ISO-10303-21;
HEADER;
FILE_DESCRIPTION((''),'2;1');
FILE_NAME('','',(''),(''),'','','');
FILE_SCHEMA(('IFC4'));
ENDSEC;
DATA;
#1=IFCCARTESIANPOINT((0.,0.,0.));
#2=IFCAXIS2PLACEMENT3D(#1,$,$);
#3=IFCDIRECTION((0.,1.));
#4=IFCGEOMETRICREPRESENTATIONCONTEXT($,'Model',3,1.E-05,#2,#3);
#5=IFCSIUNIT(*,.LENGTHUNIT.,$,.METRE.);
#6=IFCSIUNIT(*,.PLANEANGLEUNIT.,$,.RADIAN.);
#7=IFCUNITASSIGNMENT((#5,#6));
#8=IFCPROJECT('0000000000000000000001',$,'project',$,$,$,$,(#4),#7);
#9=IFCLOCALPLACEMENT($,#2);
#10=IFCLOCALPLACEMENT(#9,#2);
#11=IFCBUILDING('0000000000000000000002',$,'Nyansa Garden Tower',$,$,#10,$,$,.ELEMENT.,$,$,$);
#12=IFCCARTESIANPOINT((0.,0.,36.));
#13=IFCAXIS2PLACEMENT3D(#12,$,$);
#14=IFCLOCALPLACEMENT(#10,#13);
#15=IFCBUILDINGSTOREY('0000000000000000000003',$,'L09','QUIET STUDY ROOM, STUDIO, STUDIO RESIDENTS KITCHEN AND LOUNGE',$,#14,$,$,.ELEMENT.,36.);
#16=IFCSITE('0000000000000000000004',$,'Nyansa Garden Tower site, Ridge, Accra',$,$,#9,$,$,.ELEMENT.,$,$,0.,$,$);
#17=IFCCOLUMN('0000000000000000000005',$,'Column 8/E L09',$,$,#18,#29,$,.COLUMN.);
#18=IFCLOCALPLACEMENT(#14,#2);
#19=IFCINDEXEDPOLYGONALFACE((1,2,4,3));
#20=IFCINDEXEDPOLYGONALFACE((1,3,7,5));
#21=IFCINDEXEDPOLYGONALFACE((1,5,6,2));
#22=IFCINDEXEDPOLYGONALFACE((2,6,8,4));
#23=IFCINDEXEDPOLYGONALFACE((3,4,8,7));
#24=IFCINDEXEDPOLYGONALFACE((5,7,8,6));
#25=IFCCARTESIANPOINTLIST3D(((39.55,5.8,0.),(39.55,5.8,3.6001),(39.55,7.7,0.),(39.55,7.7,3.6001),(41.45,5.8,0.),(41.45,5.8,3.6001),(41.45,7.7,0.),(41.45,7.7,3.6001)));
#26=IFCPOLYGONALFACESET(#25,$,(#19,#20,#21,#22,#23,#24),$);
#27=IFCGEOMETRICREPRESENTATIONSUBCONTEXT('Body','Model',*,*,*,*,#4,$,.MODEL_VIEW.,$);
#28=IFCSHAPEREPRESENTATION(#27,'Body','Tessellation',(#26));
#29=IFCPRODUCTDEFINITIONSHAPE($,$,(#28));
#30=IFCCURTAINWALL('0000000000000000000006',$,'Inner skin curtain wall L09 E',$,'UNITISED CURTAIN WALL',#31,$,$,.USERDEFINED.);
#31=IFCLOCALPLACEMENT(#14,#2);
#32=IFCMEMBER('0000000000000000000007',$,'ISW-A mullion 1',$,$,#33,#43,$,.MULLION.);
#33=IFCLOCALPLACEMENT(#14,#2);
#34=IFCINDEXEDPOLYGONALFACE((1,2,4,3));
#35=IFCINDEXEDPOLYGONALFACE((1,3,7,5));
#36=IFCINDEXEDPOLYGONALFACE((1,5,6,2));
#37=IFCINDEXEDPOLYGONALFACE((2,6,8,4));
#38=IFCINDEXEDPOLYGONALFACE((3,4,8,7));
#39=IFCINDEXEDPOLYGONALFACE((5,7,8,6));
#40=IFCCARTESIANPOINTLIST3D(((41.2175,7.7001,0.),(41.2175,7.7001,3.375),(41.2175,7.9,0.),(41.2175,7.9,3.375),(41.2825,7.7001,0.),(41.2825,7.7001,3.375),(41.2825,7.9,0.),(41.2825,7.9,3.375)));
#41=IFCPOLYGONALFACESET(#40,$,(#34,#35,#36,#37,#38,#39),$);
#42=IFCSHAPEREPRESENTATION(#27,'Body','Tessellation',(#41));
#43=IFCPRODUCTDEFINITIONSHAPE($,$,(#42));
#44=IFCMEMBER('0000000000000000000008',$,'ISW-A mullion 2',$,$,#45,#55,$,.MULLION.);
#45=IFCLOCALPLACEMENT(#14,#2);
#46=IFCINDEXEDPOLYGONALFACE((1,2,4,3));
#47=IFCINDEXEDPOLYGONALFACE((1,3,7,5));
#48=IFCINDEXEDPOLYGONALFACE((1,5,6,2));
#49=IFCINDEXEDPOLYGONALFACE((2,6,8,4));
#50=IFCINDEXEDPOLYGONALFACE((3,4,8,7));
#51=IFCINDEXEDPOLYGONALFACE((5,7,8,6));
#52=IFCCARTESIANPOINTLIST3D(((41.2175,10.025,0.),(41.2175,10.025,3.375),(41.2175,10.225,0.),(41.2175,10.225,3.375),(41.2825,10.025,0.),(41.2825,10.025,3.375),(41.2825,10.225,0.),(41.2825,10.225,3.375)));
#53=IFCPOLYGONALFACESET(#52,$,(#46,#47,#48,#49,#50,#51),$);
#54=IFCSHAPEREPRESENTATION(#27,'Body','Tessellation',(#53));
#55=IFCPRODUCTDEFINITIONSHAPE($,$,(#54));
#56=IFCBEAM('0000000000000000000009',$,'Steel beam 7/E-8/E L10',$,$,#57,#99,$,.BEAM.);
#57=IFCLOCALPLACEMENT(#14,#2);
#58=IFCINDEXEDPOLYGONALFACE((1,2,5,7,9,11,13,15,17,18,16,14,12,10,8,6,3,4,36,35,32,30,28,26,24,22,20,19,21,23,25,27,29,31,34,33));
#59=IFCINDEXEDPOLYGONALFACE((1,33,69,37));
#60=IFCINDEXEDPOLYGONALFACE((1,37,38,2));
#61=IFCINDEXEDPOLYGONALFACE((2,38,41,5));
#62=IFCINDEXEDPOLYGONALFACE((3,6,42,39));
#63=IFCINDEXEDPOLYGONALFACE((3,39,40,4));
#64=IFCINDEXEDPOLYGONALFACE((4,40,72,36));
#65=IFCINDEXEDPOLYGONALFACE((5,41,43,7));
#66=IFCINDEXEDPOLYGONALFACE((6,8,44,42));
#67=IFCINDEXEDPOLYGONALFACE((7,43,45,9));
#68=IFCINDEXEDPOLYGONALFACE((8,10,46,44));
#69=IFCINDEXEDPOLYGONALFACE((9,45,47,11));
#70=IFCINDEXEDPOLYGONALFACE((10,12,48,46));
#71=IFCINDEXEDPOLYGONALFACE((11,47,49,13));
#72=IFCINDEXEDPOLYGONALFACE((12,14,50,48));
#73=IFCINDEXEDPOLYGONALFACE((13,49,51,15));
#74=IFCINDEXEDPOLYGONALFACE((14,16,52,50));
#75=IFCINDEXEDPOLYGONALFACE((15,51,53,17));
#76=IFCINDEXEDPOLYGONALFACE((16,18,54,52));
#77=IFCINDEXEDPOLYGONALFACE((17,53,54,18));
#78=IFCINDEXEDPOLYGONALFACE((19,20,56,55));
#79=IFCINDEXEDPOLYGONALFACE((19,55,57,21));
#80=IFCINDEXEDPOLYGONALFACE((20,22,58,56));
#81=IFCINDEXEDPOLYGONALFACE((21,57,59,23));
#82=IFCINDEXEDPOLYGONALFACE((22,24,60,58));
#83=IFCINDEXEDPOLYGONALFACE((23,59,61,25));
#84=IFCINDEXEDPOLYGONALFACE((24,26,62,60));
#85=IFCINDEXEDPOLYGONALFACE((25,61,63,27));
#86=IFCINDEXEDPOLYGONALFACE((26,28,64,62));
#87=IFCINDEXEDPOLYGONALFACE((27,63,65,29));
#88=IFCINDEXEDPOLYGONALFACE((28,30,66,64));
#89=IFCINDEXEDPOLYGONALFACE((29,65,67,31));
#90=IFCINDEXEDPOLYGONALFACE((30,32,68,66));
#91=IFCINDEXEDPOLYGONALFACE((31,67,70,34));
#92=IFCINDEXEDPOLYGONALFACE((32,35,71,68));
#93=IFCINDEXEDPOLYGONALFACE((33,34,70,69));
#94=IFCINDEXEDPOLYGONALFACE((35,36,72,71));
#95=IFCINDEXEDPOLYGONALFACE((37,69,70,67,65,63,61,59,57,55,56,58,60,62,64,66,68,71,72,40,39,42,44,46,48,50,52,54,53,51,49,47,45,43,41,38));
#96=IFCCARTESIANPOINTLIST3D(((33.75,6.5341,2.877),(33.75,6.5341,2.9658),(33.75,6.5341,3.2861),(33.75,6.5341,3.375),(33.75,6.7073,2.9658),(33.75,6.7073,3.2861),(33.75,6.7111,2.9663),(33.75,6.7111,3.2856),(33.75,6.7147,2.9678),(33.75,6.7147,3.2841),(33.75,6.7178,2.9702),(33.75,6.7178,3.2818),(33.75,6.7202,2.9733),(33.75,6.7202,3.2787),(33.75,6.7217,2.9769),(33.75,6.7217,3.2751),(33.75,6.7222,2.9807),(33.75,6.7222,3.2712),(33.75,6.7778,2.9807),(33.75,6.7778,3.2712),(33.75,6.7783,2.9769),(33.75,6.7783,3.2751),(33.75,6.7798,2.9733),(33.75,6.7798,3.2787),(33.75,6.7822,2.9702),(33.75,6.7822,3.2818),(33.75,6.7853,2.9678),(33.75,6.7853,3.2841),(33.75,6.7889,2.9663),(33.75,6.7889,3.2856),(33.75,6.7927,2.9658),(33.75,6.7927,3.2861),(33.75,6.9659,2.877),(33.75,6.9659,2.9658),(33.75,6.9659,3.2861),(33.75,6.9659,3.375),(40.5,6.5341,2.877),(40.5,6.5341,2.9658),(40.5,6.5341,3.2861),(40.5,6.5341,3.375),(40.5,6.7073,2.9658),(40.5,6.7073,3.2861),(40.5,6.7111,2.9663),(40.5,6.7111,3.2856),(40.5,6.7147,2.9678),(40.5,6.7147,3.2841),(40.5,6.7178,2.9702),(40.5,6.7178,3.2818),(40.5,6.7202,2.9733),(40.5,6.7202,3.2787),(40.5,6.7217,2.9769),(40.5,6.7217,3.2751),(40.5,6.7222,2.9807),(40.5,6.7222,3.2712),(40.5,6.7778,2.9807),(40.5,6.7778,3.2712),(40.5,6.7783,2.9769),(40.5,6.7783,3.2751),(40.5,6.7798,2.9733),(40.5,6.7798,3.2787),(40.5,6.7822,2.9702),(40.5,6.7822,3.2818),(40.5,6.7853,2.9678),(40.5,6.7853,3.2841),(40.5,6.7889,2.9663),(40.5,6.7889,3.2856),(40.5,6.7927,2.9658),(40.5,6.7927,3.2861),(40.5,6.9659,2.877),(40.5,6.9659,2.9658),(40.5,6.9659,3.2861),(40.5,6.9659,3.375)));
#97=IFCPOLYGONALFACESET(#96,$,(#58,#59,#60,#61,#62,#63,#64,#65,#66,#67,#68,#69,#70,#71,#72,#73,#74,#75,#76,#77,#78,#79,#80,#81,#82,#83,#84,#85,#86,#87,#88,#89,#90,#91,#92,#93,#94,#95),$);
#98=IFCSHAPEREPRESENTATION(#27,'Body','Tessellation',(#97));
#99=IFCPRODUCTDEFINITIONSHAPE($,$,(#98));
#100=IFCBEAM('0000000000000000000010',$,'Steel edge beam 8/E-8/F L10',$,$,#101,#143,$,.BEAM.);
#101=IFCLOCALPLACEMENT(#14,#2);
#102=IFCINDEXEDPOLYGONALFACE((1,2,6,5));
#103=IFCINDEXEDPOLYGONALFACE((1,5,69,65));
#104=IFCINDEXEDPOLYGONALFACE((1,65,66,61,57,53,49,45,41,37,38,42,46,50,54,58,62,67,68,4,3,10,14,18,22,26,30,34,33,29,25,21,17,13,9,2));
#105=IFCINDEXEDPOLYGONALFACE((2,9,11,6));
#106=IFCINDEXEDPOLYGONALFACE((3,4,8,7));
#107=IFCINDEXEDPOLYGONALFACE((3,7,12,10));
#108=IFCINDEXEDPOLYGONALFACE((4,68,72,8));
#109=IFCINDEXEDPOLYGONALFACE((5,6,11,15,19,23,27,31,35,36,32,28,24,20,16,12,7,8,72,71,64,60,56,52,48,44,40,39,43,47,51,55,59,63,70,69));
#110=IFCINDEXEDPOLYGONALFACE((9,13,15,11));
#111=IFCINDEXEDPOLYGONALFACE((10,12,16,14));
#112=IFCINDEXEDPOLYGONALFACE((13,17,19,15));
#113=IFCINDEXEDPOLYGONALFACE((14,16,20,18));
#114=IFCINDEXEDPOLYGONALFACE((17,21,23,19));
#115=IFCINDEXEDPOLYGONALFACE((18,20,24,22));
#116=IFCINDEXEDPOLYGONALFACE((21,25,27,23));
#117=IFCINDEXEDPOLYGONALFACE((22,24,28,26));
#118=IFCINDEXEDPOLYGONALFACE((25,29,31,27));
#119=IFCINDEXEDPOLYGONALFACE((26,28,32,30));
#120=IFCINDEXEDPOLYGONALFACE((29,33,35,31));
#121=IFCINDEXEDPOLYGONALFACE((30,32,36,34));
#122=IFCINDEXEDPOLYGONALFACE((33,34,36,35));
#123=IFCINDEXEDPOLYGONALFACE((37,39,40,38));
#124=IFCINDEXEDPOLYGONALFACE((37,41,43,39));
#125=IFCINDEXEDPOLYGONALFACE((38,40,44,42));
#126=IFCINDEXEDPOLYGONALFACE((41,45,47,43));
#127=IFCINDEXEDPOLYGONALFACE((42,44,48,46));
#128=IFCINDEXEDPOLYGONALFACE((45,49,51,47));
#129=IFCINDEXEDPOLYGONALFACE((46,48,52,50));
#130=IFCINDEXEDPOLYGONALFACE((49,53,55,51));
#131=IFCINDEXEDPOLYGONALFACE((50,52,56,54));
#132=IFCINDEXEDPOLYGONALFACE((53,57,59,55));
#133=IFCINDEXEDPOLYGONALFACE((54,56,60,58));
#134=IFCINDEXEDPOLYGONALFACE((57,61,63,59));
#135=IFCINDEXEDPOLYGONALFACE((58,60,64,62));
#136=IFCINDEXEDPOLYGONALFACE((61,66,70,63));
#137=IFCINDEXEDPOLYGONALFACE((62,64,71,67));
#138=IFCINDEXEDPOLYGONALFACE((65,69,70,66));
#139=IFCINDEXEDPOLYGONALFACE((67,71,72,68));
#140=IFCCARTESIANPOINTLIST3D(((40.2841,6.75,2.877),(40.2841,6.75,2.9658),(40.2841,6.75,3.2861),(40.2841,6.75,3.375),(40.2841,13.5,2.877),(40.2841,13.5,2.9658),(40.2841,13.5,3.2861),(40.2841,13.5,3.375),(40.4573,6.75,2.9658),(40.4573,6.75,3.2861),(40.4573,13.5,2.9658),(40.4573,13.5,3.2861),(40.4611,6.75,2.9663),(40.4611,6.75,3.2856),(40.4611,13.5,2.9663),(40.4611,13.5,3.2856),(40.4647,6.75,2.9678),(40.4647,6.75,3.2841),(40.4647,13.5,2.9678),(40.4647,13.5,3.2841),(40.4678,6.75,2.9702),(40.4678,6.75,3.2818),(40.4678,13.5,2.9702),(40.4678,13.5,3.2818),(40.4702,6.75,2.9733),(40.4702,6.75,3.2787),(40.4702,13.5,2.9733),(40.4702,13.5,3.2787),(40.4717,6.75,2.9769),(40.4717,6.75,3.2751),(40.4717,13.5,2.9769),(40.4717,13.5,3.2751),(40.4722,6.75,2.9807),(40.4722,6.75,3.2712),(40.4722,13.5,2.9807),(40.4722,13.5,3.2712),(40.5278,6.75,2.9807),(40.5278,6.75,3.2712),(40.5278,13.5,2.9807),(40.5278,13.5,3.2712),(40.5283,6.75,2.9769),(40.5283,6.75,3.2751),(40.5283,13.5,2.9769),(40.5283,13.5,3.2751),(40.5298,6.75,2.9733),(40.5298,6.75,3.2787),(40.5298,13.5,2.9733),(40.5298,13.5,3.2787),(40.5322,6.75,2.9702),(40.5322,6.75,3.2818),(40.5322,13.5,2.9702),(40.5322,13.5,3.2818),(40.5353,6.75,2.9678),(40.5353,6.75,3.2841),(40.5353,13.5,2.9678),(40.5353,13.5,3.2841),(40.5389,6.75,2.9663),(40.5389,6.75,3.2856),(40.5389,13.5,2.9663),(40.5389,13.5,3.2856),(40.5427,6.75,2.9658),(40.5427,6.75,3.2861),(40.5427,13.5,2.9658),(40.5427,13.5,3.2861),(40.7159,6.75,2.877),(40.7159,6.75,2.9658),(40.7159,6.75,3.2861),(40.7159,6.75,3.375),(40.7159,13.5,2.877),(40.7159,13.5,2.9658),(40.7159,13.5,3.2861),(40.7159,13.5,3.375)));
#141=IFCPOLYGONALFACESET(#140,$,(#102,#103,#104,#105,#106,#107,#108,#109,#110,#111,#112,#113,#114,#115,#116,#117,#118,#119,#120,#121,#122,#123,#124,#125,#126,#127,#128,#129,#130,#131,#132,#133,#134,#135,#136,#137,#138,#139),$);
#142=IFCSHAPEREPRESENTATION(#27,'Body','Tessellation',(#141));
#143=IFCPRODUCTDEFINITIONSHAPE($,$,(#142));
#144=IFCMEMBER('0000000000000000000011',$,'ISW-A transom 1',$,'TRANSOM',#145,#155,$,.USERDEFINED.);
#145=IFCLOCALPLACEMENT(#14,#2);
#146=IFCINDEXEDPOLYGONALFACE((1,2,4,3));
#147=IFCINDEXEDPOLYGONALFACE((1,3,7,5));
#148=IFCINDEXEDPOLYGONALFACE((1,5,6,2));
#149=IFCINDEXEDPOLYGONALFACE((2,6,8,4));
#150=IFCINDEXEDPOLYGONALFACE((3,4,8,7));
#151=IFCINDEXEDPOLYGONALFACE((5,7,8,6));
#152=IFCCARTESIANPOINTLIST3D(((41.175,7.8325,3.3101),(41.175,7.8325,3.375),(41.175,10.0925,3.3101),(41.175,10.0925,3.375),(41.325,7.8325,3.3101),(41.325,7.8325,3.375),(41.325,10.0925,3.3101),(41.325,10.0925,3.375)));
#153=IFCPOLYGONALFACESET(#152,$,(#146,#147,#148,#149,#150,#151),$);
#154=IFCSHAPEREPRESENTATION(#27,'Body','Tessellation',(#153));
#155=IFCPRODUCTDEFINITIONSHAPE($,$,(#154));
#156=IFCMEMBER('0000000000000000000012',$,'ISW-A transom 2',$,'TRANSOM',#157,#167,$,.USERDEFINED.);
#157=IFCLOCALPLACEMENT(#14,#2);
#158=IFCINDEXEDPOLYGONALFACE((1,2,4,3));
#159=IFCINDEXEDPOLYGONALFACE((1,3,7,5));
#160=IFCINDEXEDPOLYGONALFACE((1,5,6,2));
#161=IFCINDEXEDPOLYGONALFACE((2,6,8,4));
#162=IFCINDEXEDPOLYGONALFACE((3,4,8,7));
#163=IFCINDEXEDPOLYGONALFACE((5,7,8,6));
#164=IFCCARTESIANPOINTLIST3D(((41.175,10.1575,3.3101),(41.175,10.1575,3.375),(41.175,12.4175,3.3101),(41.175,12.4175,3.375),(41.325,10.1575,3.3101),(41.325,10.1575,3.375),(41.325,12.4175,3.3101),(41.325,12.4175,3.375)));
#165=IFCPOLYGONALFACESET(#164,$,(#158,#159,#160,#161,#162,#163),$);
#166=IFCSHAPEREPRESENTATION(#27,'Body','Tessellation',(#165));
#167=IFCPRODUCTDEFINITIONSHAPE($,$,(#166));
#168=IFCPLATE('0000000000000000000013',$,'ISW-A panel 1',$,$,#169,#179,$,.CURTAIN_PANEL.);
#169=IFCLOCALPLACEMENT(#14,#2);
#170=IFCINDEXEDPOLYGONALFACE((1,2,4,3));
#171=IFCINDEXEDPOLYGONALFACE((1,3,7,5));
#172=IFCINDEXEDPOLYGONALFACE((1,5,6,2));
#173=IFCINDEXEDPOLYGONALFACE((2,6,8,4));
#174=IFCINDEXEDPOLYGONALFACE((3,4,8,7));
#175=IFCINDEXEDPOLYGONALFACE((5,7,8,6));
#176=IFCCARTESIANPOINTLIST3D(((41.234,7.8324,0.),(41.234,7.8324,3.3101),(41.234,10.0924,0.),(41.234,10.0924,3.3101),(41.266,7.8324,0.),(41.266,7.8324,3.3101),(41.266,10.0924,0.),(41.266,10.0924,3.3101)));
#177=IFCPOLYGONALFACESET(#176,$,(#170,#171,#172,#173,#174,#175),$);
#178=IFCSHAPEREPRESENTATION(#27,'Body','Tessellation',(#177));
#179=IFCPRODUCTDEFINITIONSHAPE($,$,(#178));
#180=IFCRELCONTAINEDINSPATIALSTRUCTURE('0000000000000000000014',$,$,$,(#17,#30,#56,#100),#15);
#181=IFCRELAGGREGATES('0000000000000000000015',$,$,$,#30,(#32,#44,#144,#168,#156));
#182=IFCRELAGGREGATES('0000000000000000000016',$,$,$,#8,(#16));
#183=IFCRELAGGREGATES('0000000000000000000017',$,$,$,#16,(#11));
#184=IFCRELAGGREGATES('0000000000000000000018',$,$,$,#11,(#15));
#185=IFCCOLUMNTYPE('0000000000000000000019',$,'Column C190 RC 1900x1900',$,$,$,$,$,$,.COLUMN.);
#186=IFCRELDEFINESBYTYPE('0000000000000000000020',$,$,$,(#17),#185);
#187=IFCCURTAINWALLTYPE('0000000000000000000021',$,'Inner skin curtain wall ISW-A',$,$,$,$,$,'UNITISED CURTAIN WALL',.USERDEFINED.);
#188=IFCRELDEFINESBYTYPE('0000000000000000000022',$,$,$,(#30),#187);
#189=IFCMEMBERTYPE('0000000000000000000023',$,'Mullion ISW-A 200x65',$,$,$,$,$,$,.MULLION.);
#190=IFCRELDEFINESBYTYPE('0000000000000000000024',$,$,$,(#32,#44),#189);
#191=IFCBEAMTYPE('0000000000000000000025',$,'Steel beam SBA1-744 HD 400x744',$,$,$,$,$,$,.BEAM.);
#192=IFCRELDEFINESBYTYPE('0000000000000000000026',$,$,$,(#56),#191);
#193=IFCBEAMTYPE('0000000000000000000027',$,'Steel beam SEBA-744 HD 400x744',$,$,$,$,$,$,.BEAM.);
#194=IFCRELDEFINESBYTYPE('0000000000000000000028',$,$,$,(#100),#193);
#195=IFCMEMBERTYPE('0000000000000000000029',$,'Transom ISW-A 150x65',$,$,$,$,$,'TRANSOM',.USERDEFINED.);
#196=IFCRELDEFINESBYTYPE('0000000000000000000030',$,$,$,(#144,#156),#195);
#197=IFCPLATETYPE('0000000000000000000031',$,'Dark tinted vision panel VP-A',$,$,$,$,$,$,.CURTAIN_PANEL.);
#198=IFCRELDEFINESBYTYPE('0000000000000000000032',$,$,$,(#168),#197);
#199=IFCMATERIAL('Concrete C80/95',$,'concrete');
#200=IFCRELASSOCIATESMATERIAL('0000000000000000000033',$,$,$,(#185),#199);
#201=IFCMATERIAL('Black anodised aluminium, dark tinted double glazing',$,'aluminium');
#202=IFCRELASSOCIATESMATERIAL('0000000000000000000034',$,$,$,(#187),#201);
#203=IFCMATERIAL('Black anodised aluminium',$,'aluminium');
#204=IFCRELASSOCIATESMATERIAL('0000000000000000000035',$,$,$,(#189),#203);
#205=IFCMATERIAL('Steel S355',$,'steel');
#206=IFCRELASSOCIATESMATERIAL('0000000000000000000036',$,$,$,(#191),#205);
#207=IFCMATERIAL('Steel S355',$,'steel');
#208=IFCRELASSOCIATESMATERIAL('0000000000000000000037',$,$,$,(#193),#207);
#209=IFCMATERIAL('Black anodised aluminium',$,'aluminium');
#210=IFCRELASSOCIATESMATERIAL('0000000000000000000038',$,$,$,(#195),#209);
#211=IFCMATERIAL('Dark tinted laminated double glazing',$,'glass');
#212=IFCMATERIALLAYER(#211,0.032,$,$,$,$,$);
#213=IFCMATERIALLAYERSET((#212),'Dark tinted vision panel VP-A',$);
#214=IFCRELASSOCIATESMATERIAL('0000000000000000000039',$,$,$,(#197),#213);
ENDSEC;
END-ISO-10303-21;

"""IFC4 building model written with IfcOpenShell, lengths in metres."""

from ifc_helpers import new_model, si_unit, direction, frame, origin, origin_2d, place, context, subcontext, project, spatial, rectangle, i_section, extrude, material, layer, layer_set, material_profile, profile_set, type_object, element, aggregate, save


model = new_model("IFC4")

# Units and contexts
model_context = context("Model", 3, precision=1e-05, world=origin(), true_north=direction((0.0, 1.0)))
body_context = subcontext(model_context, "Body", "Model", "MODEL_VIEW")
ifc_project = project(units=[si_unit("LENGTHUNIT", "METRE"), si_unit("PLANEANGLEUNIT", "RADIAN")], contexts=[model_context])

# Site, building, storey
site_placement = place(None, origin())
site = spatial("IfcSite", under=ifc_project, at=site_placement, Name="Nyansa Garden Tower site, Ridge, Accra", CompositionType="ELEMENT", RefElevation=0.0)
building_placement = place(site_placement, origin())
building = spatial("IfcBuilding", under=site, at=building_placement, Name="Nyansa Garden Tower", CompositionType="ELEMENT")
storey_placement = place(building_placement, frame((0.0, 0.0, 36.0)))
storey = spatial("IfcBuildingStorey", under=building, at=storey_placement, Name="L09", Description="QUIET STUDY ROOM, STUDIO, STUDIO RESIDENTS KITCHEN AND LOUNGE", CompositionType="ELEMENT", Elevation=36.0)

# Column
ifc_material_1 = material(Name="Concrete C80/95", Category="concrete")
ifc_material_profile_1 = material_profile(ifc_material_1, rectangle(XDim=1.8999, YDim=1.8999, at=origin_2d()), Name="RC 1900x1900")
ifc_profile_set_1 = profile_set([ifc_material_profile_1], Name="Concrete C80/95")
column_type = type_object("IfcColumnType", Name="Column C190 RC 1900x1900", PredefinedType="COLUMN", material=ifc_profile_set_1)
column_placement = place(storey_placement, frame((40.5, 6.75, 0.0), z_axis=(0.0, 0.0, 1.0), x_axis=(1.0, 0.0, 0.0)))
element("IfcColumn", 1, at=column_placement, inside=storey, type_object=column_type, Name="Column 8/E L09", PredefinedType="COLUMN", context=body_context, shape_type="SweptSolid", body=[
    extrude(rectangle(XDim=1.8999, YDim=1.8999, at=origin_2d()), origin(), (0.0, 0.0, 1.0), 3.6001),
])

# Curtain wall, members
ifc_material_2 = material(Name="Black anodised aluminium, dark tinted double glazing", Category="aluminium")
curtain_wall_type = type_object("IfcCurtainWallType", Name="Inner skin curtain wall ISW-A", ElementType="UNITISED CURTAIN WALL", PredefinedType="USERDEFINED", material=ifc_material_2)
curtain_wall_placement = place(storey_placement, origin())
curtain_wall = element("IfcCurtainWall", 2, at=curtain_wall_placement, inside=storey, type_object=curtain_wall_type, Name="Inner skin curtain wall L09 E", ObjectType="UNITISED CURTAIN WALL", PredefinedType="USERDEFINED")
ifc_material_3 = material(Name="Black anodised aluminium", Category="aluminium")
ifc_material_profile_2 = material_profile(ifc_material_3, rectangle(XDim=0.0649, YDim=0.2, at=origin_2d()), Name="Mullion 200x65")
ifc_profile_set_2 = profile_set([ifc_material_profile_2], Name="Black anodised aluminium")
member_type_1 = type_object("IfcMemberType", Name="Mullion ISW-A 200x65", PredefinedType="MULLION", material=ifc_profile_set_2)
member_1_placement = place(storey_placement, frame((41.25, 7.8, 0.0), z_axis=(0.0, 0.0, 1.0), x_axis=(-1.0, 0.0, 0.0)))
member_1 = element("IfcMember", 3, at=member_1_placement, type_object=member_type_1, Name="ISW-A mullion 1", PredefinedType="MULLION", context=body_context, shape_type="SweptSolid", body=[
    extrude(rectangle(XDim=0.0649, YDim=0.2, at=origin_2d()), origin(), (0.0, 0.0, 1.0), 3.375),
])
member_2_placement = place(storey_placement, frame((41.25, 10.125, 0.0), z_axis=(0.0, 0.0, 1.0), x_axis=(-1.0, 0.0, 0.0)))
member_2 = element("IfcMember", 4, at=member_2_placement, type_object=member_type_1, Name="ISW-A mullion 2", PredefinedType="MULLION", context=body_context, shape_type="SweptSolid", body=[
    extrude(rectangle(XDim=0.0649, YDim=0.2, at=origin_2d()), origin(), (0.0, 0.0, 1.0), 3.375),
])

# Beams
ifc_material_4 = material(Name="Steel S355", Category="steel")
ifc_material_profile_3 = material_profile(ifc_material_4, i_section(OverallWidth=0.4319, OverallDepth=0.498, WebThickness=0.0557, FlangeThickness=0.0889, FilletRadius=0.0149, at=origin_2d()), Name="HD 400x744")
ifc_profile_set_3 = profile_set([ifc_material_profile_3], Name="Steel S355")
beam_type_1 = type_object("IfcBeamType", Name="Steel beam SBA1-744 HD 400x744", PredefinedType="BEAM", material=ifc_profile_set_3)
beam_1_placement = place(storey_placement, frame((33.75, 6.75, 3.126), z_axis=(1.0, 0.0, 0.0), x_axis=(0.0, 1.0, 0.0)))
element("IfcBeam", 5, at=beam_1_placement, inside=storey, type_object=beam_type_1, Name="Steel beam 7/E-8/E L10", PredefinedType="BEAM", context=body_context, shape_type="SweptSolid", body=[
    extrude(i_section(OverallWidth=0.4319, OverallDepth=0.498, WebThickness=0.0557, FlangeThickness=0.0889, FilletRadius=0.0149, at=origin_2d()), origin(), (0.0, 0.0, 1.0), 6.75),
])
ifc_material_5 = material(Name="Steel S355", Category="steel")
ifc_material_profile_4 = material_profile(ifc_material_5, i_section(OverallWidth=0.4319, OverallDepth=0.498, WebThickness=0.0557, FlangeThickness=0.0889, FilletRadius=0.0149, at=origin_2d()), Name="HD 400x744")
ifc_profile_set_4 = profile_set([ifc_material_profile_4], Name="Steel S355")
beam_type_2 = type_object("IfcBeamType", Name="Steel beam SEBA-744 HD 400x744", PredefinedType="BEAM", material=ifc_profile_set_4)
beam_2_placement = place(storey_placement, frame((40.5, 6.75, 3.126), z_axis=(0.0, 1.0, 0.0), x_axis=(-1.0, 0.0, 0.0)))
element("IfcBeam", 6, at=beam_2_placement, inside=storey, type_object=beam_type_2, Name="Steel edge beam 8/E-8/F L10", PredefinedType="BEAM", context=body_context, shape_type="SweptSolid", body=[
    extrude(i_section(OverallWidth=0.4319, OverallDepth=0.498, WebThickness=0.0557, FlangeThickness=0.0889, FilletRadius=0.0149, at=origin_2d()), origin(), (0.0, 0.0, 1.0), 6.75),
])

# Members
ifc_material_6 = material(Name="Black anodised aluminium", Category="aluminium")
ifc_material_profile_5 = material_profile(ifc_material_6, rectangle(XDim=0.1499, YDim=0.0649, at=origin_2d()), Name="Transom 150x65")
ifc_profile_set_5 = profile_set([ifc_material_profile_5], Name="Black anodised aluminium")
member_type_2 = type_object("IfcMemberType", Name="Transom ISW-A 150x65", ElementType="TRANSOM", PredefinedType="USERDEFINED", material=ifc_profile_set_5)
member_3_placement = place(storey_placement, frame((41.25, 7.8325, 3.3425), z_axis=(0.0, 1.0, 0.0), x_axis=(-1.0, 0.0, 0.0)))
member_3 = element("IfcMember", 7, at=member_3_placement, type_object=member_type_2, Name="ISW-A transom 1", ObjectType="TRANSOM", PredefinedType="USERDEFINED", context=body_context, shape_type="SweptSolid", body=[
    extrude(rectangle(XDim=0.1499, YDim=0.0649, at=origin_2d()), origin(), (0.0, 0.0, 1.0), 2.26),
])
member_4_placement = place(storey_placement, frame((41.25, 10.1575, 3.3425), z_axis=(0.0, 1.0, 0.0), x_axis=(-1.0, 0.0, 0.0)))
member_4 = element("IfcMember", 8, at=member_4_placement, type_object=member_type_2, Name="ISW-A transom 2", ObjectType="TRANSOM", PredefinedType="USERDEFINED", context=body_context, shape_type="SweptSolid", body=[
    extrude(rectangle(XDim=0.1499, YDim=0.0649, at=origin_2d()), origin(), (0.0, 0.0, 1.0), 2.26),
])

# Plate
ifc_material_7 = material(Name="Dark tinted laminated double glazing", Category="glass")
ifc_layer_1 = layer(ifc_material_7, 0.032)
ifc_layer_set_1 = layer_set([ifc_layer_1], Name="Dark tinted vision panel VP-A")
plate_type = type_object("IfcPlateType", Name="Dark tinted vision panel VP-A", PredefinedType="CURTAIN_PANEL", material=ifc_layer_set_1)
plate_1_placement = place(storey_placement, frame((41.25, 8.9624, 0.0), z_axis=(0.0, 0.0, 1.0), x_axis=(0.0, 1.0, 0.0)))
plate_1 = element("IfcPlate", 9, at=plate_1_placement, type_object=plate_type, Name="ISW-A panel 1", PredefinedType="CURTAIN_PANEL", context=body_context, shape_type="SweptSolid", body=[
    extrude(rectangle(XDim=2.26, YDim=0.032, at=origin_2d()), origin(), (0.0, 0.0, 1.0), 3.3101),
])
aggregate(curtain_wall, [member_1, member_2, member_3, plate_1, member_4])

save(model, "model.ifc")
